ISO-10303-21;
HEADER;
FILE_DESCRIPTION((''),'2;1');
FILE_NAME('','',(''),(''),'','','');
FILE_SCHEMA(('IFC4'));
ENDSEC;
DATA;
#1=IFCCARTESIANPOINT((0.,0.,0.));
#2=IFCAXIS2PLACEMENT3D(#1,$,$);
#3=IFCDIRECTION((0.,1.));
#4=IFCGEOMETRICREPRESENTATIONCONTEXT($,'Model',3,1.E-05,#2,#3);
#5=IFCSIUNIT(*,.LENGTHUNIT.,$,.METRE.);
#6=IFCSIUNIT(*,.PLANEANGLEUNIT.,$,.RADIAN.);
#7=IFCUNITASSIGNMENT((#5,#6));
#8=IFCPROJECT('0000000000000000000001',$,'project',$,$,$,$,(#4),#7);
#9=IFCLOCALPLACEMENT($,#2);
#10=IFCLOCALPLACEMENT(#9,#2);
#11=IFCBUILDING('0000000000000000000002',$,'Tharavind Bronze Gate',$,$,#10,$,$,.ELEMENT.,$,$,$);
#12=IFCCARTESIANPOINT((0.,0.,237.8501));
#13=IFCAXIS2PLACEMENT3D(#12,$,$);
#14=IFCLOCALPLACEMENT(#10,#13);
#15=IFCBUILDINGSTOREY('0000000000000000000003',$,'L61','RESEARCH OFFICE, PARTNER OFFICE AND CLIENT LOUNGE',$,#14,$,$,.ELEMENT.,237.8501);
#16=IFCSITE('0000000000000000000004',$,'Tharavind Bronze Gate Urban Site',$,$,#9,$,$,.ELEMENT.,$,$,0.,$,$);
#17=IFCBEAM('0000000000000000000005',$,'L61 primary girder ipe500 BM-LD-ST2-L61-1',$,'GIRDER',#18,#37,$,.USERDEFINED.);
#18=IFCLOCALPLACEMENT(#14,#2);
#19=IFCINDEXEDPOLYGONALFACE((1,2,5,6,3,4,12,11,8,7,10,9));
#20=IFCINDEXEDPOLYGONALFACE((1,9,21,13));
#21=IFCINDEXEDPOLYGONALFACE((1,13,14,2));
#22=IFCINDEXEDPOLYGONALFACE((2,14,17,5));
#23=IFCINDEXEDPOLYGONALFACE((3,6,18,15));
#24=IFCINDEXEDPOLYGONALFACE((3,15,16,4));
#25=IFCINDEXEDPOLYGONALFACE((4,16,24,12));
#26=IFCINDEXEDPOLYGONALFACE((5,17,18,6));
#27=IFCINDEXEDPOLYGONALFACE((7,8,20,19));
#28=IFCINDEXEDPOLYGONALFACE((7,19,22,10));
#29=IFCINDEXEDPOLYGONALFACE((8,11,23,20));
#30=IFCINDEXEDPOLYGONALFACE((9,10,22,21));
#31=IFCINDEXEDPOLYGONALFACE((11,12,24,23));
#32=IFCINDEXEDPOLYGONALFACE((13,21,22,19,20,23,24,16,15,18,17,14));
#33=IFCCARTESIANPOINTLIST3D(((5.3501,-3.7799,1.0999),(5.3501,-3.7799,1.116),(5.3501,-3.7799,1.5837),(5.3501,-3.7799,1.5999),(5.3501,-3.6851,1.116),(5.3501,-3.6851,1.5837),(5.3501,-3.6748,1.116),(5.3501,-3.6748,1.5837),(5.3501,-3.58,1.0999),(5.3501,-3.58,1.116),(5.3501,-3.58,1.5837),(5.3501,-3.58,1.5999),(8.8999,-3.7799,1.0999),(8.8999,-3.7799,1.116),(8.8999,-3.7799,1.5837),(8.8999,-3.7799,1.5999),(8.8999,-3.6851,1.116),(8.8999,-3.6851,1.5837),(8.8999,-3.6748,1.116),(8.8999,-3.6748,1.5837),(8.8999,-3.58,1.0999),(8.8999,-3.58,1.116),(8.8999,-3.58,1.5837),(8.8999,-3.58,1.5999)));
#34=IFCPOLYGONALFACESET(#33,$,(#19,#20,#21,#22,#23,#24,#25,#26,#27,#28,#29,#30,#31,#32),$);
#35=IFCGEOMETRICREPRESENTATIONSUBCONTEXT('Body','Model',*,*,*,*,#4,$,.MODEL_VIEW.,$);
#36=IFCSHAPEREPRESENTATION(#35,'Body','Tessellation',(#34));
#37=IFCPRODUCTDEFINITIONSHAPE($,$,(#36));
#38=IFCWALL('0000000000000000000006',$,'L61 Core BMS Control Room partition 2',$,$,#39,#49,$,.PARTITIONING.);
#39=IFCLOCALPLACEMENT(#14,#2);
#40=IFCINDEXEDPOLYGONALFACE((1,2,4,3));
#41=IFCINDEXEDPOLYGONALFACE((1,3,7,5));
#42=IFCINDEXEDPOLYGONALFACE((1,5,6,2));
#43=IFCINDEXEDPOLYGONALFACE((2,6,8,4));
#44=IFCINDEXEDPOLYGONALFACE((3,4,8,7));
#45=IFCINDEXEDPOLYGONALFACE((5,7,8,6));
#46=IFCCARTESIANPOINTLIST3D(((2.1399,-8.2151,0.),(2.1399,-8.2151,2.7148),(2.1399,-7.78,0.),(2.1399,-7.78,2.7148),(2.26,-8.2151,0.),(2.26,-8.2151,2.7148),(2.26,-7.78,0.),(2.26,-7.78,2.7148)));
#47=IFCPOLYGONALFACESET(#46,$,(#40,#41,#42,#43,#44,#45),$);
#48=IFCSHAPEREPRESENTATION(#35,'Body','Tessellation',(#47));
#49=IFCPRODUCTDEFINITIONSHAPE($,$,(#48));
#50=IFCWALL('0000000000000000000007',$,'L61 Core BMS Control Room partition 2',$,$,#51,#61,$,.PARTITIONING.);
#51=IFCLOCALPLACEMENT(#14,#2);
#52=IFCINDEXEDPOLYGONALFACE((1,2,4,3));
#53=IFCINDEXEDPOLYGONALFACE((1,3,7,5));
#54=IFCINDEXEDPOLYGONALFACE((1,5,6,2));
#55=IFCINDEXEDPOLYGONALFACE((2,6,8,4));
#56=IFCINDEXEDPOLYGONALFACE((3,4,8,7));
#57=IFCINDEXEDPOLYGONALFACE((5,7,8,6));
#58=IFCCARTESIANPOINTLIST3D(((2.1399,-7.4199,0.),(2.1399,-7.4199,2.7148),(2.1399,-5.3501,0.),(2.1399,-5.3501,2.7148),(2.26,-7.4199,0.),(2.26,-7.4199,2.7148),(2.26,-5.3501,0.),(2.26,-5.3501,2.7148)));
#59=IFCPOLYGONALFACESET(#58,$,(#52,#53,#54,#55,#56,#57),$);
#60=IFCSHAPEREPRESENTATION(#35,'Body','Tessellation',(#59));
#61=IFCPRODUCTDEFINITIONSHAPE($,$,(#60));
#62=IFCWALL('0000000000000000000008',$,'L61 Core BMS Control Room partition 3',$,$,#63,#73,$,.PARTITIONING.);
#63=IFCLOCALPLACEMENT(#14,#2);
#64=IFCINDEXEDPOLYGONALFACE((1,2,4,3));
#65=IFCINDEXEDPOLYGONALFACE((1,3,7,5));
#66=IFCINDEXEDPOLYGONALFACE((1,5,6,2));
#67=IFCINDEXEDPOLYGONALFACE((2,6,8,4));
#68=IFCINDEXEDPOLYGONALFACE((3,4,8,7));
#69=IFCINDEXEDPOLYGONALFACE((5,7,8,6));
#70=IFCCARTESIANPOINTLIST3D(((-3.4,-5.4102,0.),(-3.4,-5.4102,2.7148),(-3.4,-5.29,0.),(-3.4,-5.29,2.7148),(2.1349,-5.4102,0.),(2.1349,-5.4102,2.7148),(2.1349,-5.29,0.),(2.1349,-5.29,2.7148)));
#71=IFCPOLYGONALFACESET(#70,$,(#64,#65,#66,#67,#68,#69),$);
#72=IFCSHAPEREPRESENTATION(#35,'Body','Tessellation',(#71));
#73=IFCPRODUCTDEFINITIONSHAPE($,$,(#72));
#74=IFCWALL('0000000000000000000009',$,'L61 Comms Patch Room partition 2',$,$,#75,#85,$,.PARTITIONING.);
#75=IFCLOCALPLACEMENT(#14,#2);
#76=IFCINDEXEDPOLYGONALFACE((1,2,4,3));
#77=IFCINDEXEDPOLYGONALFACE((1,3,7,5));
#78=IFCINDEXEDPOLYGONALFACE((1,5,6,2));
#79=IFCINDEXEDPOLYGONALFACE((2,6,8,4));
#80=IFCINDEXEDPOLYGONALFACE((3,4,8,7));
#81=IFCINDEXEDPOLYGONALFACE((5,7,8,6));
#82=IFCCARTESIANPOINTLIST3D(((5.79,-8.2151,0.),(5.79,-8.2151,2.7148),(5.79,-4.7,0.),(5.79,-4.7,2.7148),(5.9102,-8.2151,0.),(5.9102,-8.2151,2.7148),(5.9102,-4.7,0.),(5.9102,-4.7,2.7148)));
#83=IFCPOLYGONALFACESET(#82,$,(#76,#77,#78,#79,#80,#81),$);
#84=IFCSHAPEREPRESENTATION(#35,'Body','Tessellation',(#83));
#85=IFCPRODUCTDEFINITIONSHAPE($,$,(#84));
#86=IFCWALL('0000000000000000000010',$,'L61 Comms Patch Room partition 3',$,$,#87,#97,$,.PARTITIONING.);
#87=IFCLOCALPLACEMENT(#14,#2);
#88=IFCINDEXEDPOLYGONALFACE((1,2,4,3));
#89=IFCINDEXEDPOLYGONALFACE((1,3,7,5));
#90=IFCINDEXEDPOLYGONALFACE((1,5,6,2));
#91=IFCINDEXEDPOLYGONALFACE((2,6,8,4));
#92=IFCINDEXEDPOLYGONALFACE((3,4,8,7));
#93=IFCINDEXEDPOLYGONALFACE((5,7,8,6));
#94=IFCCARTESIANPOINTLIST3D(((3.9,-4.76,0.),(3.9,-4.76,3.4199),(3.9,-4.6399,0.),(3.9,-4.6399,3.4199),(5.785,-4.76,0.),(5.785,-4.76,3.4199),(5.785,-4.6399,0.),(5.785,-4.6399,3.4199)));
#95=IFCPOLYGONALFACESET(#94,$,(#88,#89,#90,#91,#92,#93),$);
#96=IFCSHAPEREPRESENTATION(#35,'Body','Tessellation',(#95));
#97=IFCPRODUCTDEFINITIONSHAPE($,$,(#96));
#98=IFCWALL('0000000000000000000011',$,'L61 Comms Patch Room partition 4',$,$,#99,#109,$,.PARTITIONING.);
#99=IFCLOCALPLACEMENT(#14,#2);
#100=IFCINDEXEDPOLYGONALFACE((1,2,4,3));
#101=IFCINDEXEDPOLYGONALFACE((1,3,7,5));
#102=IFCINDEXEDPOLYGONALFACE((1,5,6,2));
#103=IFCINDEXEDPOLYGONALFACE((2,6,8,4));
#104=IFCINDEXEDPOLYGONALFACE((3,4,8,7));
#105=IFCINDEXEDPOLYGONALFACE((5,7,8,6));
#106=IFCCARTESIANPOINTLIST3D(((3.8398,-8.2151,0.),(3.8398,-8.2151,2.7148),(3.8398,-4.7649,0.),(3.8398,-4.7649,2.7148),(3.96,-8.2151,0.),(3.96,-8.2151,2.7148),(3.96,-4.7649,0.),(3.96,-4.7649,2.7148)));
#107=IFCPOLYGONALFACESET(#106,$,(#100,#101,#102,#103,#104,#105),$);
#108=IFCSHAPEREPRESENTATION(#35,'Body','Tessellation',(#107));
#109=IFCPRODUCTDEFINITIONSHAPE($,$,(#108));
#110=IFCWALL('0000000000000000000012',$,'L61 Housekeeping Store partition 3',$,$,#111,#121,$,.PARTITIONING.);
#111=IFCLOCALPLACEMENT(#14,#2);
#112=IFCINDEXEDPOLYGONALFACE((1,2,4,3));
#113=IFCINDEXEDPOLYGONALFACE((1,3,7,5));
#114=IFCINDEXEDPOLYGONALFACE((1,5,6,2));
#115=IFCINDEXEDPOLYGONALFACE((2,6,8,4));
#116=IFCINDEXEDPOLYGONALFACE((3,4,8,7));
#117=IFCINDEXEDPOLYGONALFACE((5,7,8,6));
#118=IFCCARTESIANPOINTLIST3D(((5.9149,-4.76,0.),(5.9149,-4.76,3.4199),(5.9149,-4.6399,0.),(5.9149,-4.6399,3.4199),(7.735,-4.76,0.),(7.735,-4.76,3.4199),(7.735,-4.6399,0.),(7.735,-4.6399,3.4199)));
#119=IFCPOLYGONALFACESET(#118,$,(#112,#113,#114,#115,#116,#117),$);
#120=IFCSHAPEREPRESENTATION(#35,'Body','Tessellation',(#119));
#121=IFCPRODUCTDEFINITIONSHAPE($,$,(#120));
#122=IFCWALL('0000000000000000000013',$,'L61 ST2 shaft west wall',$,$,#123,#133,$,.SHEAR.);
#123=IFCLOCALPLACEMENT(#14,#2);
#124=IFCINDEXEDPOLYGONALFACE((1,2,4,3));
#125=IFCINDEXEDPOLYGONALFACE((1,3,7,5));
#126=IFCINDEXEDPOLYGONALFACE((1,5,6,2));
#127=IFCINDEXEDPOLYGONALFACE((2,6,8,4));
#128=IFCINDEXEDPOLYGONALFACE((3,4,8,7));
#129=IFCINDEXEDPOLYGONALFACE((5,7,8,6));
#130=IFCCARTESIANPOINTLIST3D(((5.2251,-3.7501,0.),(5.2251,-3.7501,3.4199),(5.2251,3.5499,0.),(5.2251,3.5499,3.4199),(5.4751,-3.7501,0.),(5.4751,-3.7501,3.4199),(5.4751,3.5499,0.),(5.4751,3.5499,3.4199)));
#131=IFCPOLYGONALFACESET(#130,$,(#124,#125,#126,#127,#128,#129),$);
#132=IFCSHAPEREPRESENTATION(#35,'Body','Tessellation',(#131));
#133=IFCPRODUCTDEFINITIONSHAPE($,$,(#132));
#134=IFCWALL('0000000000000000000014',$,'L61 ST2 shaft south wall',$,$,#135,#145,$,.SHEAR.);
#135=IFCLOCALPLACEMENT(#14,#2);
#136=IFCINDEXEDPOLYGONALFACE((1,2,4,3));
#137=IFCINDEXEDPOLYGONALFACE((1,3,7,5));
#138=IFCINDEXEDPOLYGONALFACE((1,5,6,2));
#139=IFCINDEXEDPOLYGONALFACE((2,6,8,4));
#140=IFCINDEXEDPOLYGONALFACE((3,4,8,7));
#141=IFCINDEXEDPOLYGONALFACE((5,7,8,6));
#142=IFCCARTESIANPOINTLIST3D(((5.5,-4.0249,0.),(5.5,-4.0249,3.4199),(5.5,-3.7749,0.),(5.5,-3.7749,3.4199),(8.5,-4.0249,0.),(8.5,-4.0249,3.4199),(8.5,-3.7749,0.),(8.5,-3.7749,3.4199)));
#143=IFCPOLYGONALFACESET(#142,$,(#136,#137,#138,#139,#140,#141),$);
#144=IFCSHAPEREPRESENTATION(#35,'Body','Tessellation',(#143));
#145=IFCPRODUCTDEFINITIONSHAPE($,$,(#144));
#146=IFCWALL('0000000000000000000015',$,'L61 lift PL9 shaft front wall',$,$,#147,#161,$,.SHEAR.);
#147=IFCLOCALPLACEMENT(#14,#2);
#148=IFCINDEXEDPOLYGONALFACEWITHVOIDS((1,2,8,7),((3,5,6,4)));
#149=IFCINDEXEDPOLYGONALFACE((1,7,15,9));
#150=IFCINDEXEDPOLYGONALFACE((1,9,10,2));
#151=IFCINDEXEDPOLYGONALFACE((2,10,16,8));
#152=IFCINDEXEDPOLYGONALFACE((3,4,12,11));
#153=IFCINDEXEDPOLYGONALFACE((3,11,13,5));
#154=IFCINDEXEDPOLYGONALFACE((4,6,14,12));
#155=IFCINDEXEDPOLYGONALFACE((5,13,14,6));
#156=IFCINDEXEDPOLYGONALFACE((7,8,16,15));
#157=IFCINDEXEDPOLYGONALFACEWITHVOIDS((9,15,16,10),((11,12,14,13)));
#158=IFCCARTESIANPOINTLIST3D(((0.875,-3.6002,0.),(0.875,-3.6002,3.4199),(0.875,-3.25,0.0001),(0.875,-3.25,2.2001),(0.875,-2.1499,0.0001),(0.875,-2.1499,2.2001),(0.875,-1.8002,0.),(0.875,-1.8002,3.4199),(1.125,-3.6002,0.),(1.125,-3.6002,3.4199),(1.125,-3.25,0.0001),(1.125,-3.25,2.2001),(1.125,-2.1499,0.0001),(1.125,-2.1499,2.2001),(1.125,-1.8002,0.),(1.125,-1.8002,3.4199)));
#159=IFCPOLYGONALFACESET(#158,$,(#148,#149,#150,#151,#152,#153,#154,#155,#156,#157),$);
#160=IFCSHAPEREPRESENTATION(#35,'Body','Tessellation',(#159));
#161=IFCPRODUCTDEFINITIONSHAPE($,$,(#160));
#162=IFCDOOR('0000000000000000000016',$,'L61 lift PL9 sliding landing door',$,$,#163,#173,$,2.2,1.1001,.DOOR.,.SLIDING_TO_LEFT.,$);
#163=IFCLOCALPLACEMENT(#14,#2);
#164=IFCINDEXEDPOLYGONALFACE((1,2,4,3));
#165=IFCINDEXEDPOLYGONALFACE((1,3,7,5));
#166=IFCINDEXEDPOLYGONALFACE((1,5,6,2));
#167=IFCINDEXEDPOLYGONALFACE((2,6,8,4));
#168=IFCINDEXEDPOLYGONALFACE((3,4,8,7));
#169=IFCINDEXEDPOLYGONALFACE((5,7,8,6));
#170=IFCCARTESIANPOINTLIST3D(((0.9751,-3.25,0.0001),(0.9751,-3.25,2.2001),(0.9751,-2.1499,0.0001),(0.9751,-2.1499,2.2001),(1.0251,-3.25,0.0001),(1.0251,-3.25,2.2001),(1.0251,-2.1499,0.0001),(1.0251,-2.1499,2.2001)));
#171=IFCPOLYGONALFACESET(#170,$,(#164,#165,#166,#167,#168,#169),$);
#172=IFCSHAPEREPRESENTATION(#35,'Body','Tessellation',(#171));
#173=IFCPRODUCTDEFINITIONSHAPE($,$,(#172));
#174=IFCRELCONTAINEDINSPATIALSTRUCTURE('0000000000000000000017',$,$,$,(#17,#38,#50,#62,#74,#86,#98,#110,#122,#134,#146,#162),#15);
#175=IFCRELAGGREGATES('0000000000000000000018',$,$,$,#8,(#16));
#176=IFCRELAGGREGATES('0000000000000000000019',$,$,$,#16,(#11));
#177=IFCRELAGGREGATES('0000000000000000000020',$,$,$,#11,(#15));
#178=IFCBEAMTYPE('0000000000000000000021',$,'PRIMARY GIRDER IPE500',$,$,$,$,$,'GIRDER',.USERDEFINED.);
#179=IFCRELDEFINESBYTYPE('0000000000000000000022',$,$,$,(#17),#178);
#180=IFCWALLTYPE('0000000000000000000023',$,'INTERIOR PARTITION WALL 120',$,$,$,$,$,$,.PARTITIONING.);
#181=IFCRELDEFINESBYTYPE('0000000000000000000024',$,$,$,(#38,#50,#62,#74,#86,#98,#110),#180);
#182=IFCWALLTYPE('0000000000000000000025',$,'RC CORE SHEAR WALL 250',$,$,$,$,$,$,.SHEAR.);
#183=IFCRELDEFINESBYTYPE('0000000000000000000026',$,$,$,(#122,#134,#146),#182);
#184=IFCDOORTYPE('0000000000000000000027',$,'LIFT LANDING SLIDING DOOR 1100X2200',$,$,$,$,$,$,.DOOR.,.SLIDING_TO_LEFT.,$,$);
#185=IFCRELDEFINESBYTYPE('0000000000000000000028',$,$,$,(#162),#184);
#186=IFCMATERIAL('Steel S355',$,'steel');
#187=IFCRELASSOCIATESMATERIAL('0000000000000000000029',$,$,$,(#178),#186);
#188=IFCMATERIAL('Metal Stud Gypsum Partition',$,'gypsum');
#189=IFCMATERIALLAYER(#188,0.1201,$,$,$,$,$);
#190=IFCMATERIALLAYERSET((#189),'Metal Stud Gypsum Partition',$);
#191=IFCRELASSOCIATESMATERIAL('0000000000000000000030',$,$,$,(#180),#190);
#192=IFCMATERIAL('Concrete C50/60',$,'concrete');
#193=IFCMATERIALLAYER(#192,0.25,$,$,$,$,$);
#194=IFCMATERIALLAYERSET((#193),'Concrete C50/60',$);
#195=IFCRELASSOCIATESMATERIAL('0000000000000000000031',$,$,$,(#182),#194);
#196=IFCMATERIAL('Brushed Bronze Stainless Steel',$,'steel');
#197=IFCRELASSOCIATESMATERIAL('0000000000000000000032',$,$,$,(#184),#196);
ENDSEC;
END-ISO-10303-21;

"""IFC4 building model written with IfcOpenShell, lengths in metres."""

from ifc_helpers import new_model, si_unit, direction, frame, frame_2d, origin, origin_2d, place, context, subcontext, project, spatial, rectangle, i_section, extrude, material, layer, layer_set, material_profile, profile_set, type_object, element, fill, save


model = new_model("IFC4")

# Units and contexts
model_context = context("Model", 3, precision=1e-05, world=origin(), true_north=direction((0.0, 1.0)))
body_context = subcontext(model_context, "Body", "Model", "MODEL_VIEW")
ifc_project = project(units=[si_unit("LENGTHUNIT", "METRE"), si_unit("PLANEANGLEUNIT", "RADIAN")], contexts=[model_context])

# Site, building, storey
site_placement = place(None, origin())
site = spatial("IfcSite", under=ifc_project, at=site_placement, Name="Tharavind Bronze Gate Urban Site", CompositionType="ELEMENT", RefElevation=0.0)
building_placement = place(site_placement, origin())
building = spatial("IfcBuilding", under=site, at=building_placement, Name="Tharavind Bronze Gate", CompositionType="ELEMENT")
storey_placement = place(building_placement, frame((0.0, 0.0, 237.8501)))
storey = spatial("IfcBuildingStorey", under=building, at=storey_placement, Name="L61", Description="RESEARCH OFFICE, PARTNER OFFICE AND CLIENT LOUNGE", CompositionType="ELEMENT", Elevation=237.8501)

# Beam
ifc_material_1 = material(Name="Steel S355", Category="steel")
ifc_material_profile = material_profile(ifc_material_1, i_section(OverallWidth=0.2, OverallDepth=0.5, WebThickness=0.0103, FlangeThickness=0.0161, at=origin_2d()), Name="IPE500")
ifc_profile_set = profile_set([ifc_material_profile], Name="Steel S355")
beam_type = type_object("IfcBeamType", Name="PRIMARY GIRDER IPE500", ElementType="GIRDER", PredefinedType="USERDEFINED", material=ifc_profile_set)
beam_placement = place(storey_placement, frame((5.3501, -3.6799, 1.3499), z_axis=(1.0, 0.0, 0.0), x_axis=(0.0, 1.0, 0.0)))
element("IfcBeam", 1, at=beam_placement, inside=storey, type_object=beam_type, Name="L61 primary girder ipe500 BM-LD-ST2-L61-1", ObjectType="GIRDER", PredefinedType="USERDEFINED", context=body_context, shape_type="SweptSolid", body=[
    extrude(i_section(OverallWidth=0.2, OverallDepth=0.5, WebThickness=0.0103, FlangeThickness=0.0161, at=origin_2d()), origin(), (0.0, 0.0, 1.0), 3.5498),
])

# Walls
ifc_material_2 = material(Name="Metal Stud Gypsum Partition", Category="gypsum")
ifc_layer_1 = layer(ifc_material_2, 0.1201)
ifc_layer_set_1 = layer_set([ifc_layer_1], Name="Metal Stud Gypsum Partition")
wall_type_1 = type_object("IfcWallType", Name="INTERIOR PARTITION WALL 120", PredefinedType="PARTITIONING", material=ifc_layer_set_1)
wall_1_placement = place(storey_placement, frame((2.2, -8.2151, 0.0), z_axis=(0.0, 0.0, 1.0), x_axis=(0.0, 1.0, 0.0)))
element("IfcWall", 2, at=wall_1_placement, inside=storey, type_object=wall_type_1, Name="L61 Core BMS Control Room partition 2", PredefinedType="PARTITIONING", context=body_context, shape_type="SweptSolid", body=[
    extrude(rectangle(XDim=0.4351, YDim=0.1201, at=frame_2d((0.2175, 0.0))), origin(), (0.0, 0.0, 1.0), 2.7148),
])
wall_2_placement = place(storey_placement, frame((2.2, -7.4199, 0.0), z_axis=(0.0, 0.0, 1.0), x_axis=(0.0, 1.0, 0.0)))
element("IfcWall", 3, at=wall_2_placement, inside=storey, type_object=wall_type_1, Name="L61 Core BMS Control Room partition 2", PredefinedType="PARTITIONING", context=body_context, shape_type="SweptSolid", body=[
    extrude(rectangle(XDim=2.0698, YDim=0.1201, at=frame_2d((1.0349, 0.0))), origin(), (0.0, 0.0, 1.0), 2.7148),
])
wall_3_placement = place(storey_placement, frame((2.135, -5.3501, 0.0), z_axis=(0.0, 0.0, 1.0), x_axis=(-1.0, 0.0, 0.0)))
element("IfcWall", 4, at=wall_3_placement, inside=storey, type_object=wall_type_1, Name="L61 Core BMS Control Room partition 3", PredefinedType="PARTITIONING", context=body_context, shape_type="SweptSolid", body=[
    extrude(rectangle(XDim=5.5349, YDim=0.1201, at=frame_2d((2.7676, 0.0))), origin(), (0.0, 0.0, 1.0), 2.7148),
])
wall_4_placement = place(storey_placement, frame((5.8501, -8.2151, 0.0), z_axis=(0.0, 0.0, 1.0), x_axis=(0.0, 1.0, 0.0)))
element("IfcWall", 5, at=wall_4_placement, inside=storey, type_object=wall_type_1, Name="L61 Comms Patch Room partition 2", PredefinedType="PARTITIONING", context=body_context, shape_type="SweptSolid", body=[
    extrude(rectangle(XDim=3.5151, YDim=0.1201, at=frame_2d((1.7576, 0.0))), origin(), (0.0, 0.0, 1.0), 2.7148),
])
wall_5_placement = place(storey_placement, frame((5.7849, -4.7, 0.0), z_axis=(0.0, 0.0, 1.0), x_axis=(-1.0, 0.0, 0.0)))
element("IfcWall", 6, at=wall_5_placement, inside=storey, type_object=wall_type_1, Name="L61 Comms Patch Room partition 3", PredefinedType="PARTITIONING", context=body_context, shape_type="SweptSolid", body=[
    extrude(rectangle(XDim=1.885, YDim=0.1201, at=frame_2d((0.9424, 0.0))), origin(), (0.0, 0.0, 1.0), 3.4199),
])
wall_6_placement = place(storey_placement, frame((3.8999, -4.7649, 0.0), z_axis=(0.0, 0.0, 1.0), x_axis=(0.0, -1.0, 0.0)))
element("IfcWall", 7, at=wall_6_placement, inside=storey, type_object=wall_type_1, Name="L61 Comms Patch Room partition 4", PredefinedType="PARTITIONING", context=body_context, shape_type="SweptSolid", body=[
    extrude(rectangle(XDim=3.4502, YDim=0.1201, at=frame_2d((1.7251, 0.0))), origin(), (0.0, 0.0, 1.0), 2.7148),
])
wall_7_placement = place(storey_placement, frame((7.7351, -4.7, 0.0), z_axis=(0.0, 0.0, 1.0), x_axis=(-1.0, 0.0, 0.0)))
element("IfcWall", 8, at=wall_7_placement, inside=storey, type_object=wall_type_1, Name="L61 Housekeeping Store partition 3", PredefinedType="PARTITIONING", context=body_context, shape_type="SweptSolid", body=[
    extrude(rectangle(XDim=1.8201, YDim=0.1201, at=frame_2d((0.9102, 0.0))), origin(), (0.0, 0.0, 1.0), 3.4199),
])
ifc_material_3 = material(Name="Concrete C50/60", Category="concrete")
ifc_layer_2 = layer(ifc_material_3, 0.25)
ifc_layer_set_2 = layer_set([ifc_layer_2], Name="Concrete C50/60")
wall_type_2 = type_object("IfcWallType", Name="RC CORE SHEAR WALL 250", PredefinedType="SHEAR", material=ifc_layer_set_2)
wall_8_placement = place(storey_placement, frame((5.3501, -3.75, 0.0), z_axis=(0.0, 0.0, 1.0), x_axis=(0.0, 1.0, 0.0)))
element("IfcWall", 9, at=wall_8_placement, inside=storey, type_object=wall_type_2, Name="L61 ST2 shaft west wall", PredefinedType="SHEAR", context=body_context, shape_type="SweptSolid", body=[
    extrude(rectangle(XDim=7.3, YDim=0.25, at=frame_2d((3.6499, 0.0))), origin(), (0.0, 0.0, 1.0), 3.4199),
])
wall_9_placement = place(storey_placement, frame((5.5, -3.8999, 0.0), z_axis=(0.0, 0.0, 1.0), x_axis=(1.0, 0.0, 0.0)))
element("IfcWall", 10, at=wall_9_placement, inside=storey, type_object=wall_type_2, Name="L61 ST2 shaft south wall", PredefinedType="SHEAR", context=body_context, shape_type="SweptSolid", body=[
    extrude(rectangle(XDim=3.0, YDim=0.25, at=frame_2d((1.5, 0.0))), origin(), (0.0, 0.0, 1.0), 3.4199),
])

# Wall, opening, door
wall_10_placement = place(storey_placement, frame((1.0, -3.6001, 0.0), z_axis=(0.0, 0.0, 1.0), x_axis=(0.0, 1.0, 0.0)))
wall_10 = element("IfcWall", 11, at=wall_10_placement, inside=storey, type_object=wall_type_2, Name="L61 lift PL9 shaft front wall", PredefinedType="SHEAR", context=body_context, shape_type="SweptSolid", body=[
    extrude(rectangle(XDim=1.8, YDim=0.25, at=frame_2d((0.8999, 0.0))), origin(), (0.0, 0.0, 1.0), 3.4199),
])
opening_1_placement = place(wall_10_placement, frame((0.3501, 0.0, 0.0)))
opening_1 = element("IfcOpeningElement", 12, at=opening_1_placement, cuts=wall_10, PredefinedType="OPENING", context=body_context, shape_type="SweptSolid", body=[
    extrude(rectangle(XDim=1.1001, YDim=2.2, at=frame_2d((0.55, 1.1001))), frame((0.0, 0.135, 0.0), z_axis=(0.0, -1.0, 0.0), x_axis=(1.0, 0.0, 0.0)), (0.0, 0.0, 1.0), 0.27),
])
ifc_material_4 = material(Name="Brushed Bronze Stainless Steel", Category="steel")
door_type = type_object("IfcDoorType", Name="LIFT LANDING SLIDING DOOR 1100X2200", OperationType="SLIDING_TO_LEFT", PredefinedType="DOOR", material=ifc_material_4)
door_1_placement = place(opening_1_placement, origin())
door_1 = element("IfcDoor", 13, at=door_1_placement, inside=storey, type_object=door_type, Name="L61 lift PL9 sliding landing door", OperationType="SLIDING_TO_LEFT", OverallHeight=2.2, OverallWidth=1.1001, PredefinedType="DOOR", context=body_context, shape_type="SweptSolid", body=[
    extrude(rectangle(XDim=1.1001, YDim=2.2, at=frame_2d((0.55, 1.1001))), frame((0.0, 0.0249, 0.0), z_axis=(0.0, -1.0, 0.0), x_axis=(1.0, 0.0, 0.0)), (0.0, 0.0, 1.0), 0.05),
])
fill(opening_1, door_1)

save(model, "model.ifc")
